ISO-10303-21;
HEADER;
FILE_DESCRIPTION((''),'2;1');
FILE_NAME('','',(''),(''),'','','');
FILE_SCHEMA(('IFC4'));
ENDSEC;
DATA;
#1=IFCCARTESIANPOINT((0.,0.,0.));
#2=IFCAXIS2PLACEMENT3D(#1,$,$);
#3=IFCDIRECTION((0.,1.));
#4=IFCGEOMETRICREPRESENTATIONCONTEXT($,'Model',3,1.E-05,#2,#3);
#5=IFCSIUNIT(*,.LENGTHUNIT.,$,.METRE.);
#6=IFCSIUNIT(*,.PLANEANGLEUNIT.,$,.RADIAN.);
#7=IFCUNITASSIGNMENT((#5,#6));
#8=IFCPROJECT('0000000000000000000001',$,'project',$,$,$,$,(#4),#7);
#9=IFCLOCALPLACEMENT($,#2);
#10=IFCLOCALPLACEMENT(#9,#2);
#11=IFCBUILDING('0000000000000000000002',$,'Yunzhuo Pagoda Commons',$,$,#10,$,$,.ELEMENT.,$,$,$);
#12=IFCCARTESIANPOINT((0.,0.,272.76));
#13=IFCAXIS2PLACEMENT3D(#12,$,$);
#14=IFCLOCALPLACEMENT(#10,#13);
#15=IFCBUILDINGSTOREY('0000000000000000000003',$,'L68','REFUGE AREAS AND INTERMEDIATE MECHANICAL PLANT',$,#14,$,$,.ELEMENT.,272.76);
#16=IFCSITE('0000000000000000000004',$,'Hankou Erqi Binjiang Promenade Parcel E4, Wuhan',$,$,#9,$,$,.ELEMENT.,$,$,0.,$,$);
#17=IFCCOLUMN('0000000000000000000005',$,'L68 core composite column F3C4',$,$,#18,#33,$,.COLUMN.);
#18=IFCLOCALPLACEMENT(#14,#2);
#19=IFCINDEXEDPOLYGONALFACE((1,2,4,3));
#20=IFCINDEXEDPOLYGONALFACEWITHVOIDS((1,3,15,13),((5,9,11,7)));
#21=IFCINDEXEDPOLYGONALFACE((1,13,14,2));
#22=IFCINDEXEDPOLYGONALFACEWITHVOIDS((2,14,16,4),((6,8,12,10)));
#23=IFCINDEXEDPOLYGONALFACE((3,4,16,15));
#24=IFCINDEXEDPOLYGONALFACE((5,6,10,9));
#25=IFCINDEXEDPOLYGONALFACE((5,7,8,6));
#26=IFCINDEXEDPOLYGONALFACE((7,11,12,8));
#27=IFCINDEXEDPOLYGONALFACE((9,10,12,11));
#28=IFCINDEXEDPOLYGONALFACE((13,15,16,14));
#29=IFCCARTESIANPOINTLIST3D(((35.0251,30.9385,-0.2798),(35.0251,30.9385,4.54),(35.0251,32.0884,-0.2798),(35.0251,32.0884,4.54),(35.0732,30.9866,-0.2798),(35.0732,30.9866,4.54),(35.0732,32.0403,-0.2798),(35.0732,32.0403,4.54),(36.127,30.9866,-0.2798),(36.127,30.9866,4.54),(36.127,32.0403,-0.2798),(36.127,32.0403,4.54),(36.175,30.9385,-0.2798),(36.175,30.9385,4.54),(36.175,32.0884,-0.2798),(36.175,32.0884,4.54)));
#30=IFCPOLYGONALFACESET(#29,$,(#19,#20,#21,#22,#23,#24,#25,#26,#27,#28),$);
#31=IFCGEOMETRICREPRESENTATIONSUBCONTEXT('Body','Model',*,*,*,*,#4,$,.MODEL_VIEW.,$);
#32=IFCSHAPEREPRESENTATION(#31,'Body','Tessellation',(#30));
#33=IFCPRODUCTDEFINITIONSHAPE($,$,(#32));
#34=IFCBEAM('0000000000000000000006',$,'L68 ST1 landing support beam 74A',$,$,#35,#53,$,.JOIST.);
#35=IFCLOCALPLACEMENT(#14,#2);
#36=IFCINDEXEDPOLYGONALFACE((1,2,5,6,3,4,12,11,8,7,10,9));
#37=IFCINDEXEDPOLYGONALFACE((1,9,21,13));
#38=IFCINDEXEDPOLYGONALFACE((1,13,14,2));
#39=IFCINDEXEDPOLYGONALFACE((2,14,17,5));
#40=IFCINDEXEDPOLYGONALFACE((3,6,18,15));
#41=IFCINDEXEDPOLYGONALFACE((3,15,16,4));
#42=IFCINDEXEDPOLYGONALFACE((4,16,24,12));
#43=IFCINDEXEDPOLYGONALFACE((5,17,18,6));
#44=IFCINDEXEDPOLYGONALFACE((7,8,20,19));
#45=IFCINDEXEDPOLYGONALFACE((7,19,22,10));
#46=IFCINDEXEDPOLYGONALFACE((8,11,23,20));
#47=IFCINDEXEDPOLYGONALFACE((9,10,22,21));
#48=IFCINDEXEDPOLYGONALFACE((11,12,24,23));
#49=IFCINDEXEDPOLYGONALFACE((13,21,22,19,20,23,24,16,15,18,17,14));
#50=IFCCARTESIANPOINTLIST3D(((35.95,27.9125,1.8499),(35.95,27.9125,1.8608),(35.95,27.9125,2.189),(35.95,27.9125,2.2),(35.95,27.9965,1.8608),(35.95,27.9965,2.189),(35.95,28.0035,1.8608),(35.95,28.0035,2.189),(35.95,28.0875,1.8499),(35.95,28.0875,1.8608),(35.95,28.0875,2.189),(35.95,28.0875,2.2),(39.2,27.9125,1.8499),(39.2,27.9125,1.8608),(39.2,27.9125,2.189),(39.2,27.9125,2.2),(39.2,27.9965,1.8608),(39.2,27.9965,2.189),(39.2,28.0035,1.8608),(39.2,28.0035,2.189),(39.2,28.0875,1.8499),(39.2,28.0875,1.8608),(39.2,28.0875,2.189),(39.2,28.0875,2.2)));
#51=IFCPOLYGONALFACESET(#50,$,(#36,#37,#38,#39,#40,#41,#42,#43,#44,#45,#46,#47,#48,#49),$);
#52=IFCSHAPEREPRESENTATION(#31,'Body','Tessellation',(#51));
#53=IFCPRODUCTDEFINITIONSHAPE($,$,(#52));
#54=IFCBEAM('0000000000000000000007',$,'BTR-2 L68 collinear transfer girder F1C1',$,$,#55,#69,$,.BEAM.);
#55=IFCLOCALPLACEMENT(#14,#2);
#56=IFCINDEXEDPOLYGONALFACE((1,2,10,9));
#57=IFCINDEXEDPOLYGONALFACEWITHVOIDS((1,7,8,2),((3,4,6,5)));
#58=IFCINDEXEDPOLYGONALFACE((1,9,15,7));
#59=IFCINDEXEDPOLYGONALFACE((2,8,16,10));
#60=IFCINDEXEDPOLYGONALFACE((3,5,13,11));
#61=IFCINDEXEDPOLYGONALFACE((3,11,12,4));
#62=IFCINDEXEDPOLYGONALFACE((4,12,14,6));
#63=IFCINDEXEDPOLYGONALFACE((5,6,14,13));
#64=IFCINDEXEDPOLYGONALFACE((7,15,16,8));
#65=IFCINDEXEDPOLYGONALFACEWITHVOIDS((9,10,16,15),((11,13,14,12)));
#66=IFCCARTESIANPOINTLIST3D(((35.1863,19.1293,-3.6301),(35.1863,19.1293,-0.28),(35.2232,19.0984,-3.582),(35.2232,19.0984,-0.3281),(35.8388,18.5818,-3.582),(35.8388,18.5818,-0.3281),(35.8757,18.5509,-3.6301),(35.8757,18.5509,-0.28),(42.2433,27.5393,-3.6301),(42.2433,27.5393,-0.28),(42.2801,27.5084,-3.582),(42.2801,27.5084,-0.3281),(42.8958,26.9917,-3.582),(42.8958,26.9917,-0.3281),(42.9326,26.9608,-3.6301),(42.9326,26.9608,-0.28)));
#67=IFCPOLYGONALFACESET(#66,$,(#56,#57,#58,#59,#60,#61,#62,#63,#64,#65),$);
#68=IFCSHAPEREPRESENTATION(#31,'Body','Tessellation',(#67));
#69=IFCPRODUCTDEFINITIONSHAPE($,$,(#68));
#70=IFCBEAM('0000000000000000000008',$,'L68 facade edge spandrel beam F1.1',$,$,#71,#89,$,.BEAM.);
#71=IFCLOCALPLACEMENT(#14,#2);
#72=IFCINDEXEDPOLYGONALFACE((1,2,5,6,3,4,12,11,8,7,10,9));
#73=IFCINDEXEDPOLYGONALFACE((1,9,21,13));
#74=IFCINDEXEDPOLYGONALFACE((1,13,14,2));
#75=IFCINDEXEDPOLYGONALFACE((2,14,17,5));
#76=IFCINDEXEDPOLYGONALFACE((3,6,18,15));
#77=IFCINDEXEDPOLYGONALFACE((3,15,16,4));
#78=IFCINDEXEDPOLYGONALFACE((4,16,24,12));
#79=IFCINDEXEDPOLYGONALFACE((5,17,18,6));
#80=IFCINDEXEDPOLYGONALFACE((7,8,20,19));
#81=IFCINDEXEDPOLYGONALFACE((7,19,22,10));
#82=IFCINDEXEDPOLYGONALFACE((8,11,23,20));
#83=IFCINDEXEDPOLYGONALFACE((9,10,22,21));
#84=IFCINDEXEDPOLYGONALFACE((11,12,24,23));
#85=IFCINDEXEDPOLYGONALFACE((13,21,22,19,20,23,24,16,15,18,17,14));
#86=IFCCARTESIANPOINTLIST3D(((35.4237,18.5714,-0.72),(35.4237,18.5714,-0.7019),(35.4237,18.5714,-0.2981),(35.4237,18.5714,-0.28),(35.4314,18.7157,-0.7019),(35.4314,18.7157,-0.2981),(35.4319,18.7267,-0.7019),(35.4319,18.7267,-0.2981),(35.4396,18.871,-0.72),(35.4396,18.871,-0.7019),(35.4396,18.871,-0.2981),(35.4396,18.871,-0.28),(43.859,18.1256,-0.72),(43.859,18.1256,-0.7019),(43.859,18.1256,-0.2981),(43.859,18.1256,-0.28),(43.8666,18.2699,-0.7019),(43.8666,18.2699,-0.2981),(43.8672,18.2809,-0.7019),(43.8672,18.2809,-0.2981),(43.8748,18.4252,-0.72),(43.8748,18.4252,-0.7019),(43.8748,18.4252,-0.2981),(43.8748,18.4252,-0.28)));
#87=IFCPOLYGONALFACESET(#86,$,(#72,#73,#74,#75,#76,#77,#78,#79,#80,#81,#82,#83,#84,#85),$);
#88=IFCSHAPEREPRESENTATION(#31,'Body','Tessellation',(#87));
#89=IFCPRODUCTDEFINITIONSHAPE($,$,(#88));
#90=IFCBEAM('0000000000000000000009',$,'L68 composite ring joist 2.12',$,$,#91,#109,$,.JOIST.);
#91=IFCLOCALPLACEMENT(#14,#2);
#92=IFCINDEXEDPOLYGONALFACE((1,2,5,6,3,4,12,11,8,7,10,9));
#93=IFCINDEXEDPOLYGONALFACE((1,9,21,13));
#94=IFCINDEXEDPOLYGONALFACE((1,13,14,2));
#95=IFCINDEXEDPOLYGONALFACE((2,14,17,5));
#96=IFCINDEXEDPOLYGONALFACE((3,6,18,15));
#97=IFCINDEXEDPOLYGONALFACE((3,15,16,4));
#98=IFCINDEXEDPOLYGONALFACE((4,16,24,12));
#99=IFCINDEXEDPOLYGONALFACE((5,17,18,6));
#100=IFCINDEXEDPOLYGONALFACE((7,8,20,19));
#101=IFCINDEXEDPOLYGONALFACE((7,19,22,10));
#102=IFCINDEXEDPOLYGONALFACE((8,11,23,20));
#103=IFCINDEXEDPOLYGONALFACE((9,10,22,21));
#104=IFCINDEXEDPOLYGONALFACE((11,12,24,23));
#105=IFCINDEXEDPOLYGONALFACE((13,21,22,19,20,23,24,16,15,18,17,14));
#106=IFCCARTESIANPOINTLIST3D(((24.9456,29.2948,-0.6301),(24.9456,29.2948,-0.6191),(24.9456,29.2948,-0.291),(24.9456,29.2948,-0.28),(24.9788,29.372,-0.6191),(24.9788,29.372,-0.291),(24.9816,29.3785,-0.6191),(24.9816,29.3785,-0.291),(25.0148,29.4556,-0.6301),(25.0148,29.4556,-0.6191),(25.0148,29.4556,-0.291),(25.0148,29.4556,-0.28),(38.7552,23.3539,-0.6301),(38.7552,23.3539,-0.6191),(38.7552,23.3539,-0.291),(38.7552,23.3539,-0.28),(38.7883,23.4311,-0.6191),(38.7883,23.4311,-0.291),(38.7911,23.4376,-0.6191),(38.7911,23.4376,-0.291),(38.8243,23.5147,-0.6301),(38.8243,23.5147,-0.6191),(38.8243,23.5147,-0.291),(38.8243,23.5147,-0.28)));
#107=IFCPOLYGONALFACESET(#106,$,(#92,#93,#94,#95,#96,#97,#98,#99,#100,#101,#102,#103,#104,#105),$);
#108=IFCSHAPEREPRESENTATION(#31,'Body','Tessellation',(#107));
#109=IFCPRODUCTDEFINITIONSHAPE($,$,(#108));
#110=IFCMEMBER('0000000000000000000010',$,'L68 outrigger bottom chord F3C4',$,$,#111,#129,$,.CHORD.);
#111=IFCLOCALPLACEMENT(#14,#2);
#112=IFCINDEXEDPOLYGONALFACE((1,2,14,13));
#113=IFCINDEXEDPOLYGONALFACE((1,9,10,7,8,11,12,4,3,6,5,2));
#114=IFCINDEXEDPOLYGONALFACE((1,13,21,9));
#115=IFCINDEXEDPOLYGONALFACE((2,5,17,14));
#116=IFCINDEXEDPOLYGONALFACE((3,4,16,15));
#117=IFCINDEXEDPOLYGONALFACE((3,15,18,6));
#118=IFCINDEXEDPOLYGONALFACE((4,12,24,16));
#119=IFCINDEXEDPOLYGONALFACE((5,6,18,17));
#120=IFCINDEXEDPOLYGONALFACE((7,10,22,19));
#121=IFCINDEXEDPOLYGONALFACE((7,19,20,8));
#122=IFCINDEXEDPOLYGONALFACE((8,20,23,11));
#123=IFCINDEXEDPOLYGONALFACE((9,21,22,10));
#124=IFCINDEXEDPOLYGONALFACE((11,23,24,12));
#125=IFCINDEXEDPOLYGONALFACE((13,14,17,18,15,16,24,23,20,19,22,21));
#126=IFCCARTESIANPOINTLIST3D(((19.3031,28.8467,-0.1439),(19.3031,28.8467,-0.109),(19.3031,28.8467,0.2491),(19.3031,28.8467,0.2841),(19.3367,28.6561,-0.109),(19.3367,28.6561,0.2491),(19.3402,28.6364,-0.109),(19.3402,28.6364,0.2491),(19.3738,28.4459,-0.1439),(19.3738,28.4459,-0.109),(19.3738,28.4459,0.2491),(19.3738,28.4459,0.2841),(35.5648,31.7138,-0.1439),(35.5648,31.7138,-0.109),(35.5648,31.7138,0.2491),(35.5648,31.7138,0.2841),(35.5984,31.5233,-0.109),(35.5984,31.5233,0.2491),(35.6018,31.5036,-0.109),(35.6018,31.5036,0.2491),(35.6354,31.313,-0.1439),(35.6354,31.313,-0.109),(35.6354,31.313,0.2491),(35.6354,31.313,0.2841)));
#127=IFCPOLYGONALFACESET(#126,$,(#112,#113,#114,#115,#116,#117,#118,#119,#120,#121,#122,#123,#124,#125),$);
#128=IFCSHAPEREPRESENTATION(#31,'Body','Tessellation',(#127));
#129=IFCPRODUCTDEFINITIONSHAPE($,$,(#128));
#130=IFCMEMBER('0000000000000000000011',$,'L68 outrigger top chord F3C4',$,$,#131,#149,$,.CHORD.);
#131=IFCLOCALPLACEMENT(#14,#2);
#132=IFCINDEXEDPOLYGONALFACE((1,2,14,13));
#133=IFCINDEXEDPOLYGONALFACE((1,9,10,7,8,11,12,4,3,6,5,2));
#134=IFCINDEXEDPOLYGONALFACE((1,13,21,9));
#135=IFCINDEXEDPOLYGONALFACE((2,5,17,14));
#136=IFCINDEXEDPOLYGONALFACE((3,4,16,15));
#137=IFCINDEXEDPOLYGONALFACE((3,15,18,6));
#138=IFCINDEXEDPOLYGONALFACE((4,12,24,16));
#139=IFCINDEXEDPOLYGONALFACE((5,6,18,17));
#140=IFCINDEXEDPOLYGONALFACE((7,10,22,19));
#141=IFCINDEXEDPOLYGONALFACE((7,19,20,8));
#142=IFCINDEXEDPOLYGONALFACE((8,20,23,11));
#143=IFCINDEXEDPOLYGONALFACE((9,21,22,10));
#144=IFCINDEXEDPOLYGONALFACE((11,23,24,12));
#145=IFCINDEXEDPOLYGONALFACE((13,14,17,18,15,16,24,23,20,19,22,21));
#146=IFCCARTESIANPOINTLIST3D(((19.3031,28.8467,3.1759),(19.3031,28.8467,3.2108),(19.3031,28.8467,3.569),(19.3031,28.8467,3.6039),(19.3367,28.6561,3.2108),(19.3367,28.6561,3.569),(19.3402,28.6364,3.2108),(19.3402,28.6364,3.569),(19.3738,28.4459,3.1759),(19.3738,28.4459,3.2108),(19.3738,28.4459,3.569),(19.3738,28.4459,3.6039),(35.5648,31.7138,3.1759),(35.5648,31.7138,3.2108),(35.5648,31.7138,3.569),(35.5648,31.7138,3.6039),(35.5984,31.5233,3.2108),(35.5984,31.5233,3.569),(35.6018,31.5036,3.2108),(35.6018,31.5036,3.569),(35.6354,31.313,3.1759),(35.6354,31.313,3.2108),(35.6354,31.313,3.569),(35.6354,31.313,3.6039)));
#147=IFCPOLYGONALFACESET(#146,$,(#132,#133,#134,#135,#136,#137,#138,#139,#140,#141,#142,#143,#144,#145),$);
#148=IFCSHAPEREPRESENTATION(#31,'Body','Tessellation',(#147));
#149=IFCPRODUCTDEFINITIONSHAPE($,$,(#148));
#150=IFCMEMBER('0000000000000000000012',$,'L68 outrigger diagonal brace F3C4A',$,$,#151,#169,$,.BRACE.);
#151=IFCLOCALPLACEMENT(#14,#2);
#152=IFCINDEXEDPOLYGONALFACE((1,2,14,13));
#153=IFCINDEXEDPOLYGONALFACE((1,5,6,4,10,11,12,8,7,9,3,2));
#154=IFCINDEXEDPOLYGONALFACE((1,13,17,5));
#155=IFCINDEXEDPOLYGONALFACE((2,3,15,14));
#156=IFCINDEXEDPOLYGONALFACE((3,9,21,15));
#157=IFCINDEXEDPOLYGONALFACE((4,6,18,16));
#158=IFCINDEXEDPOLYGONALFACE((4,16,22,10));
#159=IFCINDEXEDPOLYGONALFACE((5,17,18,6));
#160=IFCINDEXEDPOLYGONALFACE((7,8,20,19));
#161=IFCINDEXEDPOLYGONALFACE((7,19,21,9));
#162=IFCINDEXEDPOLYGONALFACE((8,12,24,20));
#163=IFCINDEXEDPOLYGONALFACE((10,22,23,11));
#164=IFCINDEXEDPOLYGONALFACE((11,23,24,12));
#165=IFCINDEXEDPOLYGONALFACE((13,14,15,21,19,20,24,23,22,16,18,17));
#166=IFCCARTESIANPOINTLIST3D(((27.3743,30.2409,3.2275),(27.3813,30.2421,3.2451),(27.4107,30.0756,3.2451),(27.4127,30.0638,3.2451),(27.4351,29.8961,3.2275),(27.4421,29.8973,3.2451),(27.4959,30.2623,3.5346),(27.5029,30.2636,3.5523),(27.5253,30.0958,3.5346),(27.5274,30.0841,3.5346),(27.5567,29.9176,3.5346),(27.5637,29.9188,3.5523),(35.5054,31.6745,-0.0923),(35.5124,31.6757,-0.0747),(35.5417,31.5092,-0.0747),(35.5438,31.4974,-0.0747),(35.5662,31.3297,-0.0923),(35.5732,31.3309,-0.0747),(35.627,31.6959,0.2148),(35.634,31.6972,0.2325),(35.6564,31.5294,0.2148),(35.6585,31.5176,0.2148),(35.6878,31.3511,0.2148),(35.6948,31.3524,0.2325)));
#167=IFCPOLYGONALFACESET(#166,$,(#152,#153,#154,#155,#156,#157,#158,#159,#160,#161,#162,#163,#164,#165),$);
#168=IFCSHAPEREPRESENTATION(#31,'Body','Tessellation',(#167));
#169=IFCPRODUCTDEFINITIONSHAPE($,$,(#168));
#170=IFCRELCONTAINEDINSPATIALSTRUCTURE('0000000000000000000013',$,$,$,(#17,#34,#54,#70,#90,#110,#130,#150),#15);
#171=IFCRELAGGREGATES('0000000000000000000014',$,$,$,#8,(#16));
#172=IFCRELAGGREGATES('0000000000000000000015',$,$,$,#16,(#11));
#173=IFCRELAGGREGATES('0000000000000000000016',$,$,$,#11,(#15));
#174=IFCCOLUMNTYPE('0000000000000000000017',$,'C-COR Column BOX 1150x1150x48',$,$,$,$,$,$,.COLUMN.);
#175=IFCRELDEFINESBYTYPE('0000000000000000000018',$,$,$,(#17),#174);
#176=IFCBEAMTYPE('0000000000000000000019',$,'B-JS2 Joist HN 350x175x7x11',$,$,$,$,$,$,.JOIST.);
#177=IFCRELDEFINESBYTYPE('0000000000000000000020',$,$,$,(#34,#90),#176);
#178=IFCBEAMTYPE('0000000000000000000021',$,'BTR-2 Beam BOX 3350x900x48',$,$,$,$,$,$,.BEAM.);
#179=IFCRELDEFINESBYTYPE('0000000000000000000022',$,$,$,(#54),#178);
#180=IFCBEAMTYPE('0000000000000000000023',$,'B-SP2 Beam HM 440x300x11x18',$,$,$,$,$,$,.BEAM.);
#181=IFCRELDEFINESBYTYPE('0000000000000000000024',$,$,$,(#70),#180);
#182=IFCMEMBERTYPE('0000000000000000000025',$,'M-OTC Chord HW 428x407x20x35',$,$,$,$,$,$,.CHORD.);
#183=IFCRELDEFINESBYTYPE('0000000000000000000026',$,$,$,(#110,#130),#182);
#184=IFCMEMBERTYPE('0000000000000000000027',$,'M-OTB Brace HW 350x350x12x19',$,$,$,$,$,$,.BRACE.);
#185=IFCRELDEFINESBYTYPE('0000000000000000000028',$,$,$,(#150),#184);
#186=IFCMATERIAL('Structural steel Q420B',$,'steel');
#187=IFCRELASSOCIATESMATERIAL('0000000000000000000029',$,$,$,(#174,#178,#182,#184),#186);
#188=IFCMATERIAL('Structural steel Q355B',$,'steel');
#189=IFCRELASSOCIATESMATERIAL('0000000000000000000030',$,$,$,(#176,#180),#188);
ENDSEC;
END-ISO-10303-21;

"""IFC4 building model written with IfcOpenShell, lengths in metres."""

from ifc_helpers import new_model, si_unit, direction, frame, origin, origin_2d, place, context, subcontext, project, spatial, hollow_rectangle, i_section, extrude, source, transform, mapped, material, material_profile, profile_set, type_object, element, save


model = new_model("IFC4")

# Units and contexts
model_context = context("Model", 3, precision=1e-05, world=origin(), true_north=direction((0.0, 1.0)))
body_context = subcontext(model_context, "Body", "Model", "MODEL_VIEW")
ifc_project = project(units=[si_unit("LENGTHUNIT", "METRE"), si_unit("PLANEANGLEUNIT", "RADIAN")], contexts=[model_context])

# Site, building, storey
site_placement = place(None, origin())
site = spatial("IfcSite", under=ifc_project, at=site_placement, Name="Hankou Erqi Binjiang Promenade Parcel E4, Wuhan", CompositionType="ELEMENT", RefElevation=0.0)
building_placement = place(site_placement, origin())
building = spatial("IfcBuilding", under=site, at=building_placement, Name="Yunzhuo Pagoda Commons", CompositionType="ELEMENT")
storey_placement = place(building_placement, frame((0.0, 0.0, 272.76)))
storey = spatial("IfcBuildingStorey", under=building, at=storey_placement, Name="L68", Description="REFUGE AREAS AND INTERMEDIATE MECHANICAL PLANT", CompositionType="ELEMENT", Elevation=272.76)

# Column
ifc_material_1 = material(Name="Structural steel Q420B", Category="steel")
ifc_material_profile_1 = material_profile(ifc_material_1, hollow_rectangle(XDim=1.1499, YDim=1.1499, WallThickness=0.0481, at=origin_2d()), Name="Structural steel Q420B")
ifc_profile_set_1 = profile_set([ifc_material_profile_1], Name="Structural steel Q420B")
column_type = type_object("IfcColumnType", Name="C-COR Column BOX 1150x1150x48", PredefinedType="COLUMN", material=ifc_profile_set_1)
shared_shape_1 = source(origin(), body_context, "Body", "SweptSolid", [
    extrude(hollow_rectangle(XDim=1.1499, YDim=1.1499, WallThickness=0.0481, at=origin_2d()), origin(), (0.0, 0.0, 1.0), 4.8198),
])
column_placement = place(storey_placement, frame((35.6001, 31.5134, -0.2798), z_axis=(0.0, 0.0, 1.0), x_axis=(1.0, 0.0, 0.0)))
element("IfcColumn", 1, at=column_placement, inside=storey, type_object=column_type, Name="L68 core composite column F3C4", PredefinedType="COLUMN", context=body_context, shape_type="MappedRepresentation", body=[
    mapped(shared_shape_1, transform((0.0, 0.0, 0.0), scale=1.0)),
])

# Beams
ifc_material_2 = material(Name="Structural steel Q355B", Category="steel")
ifc_material_profile_2 = material_profile(ifc_material_2, i_section(OverallWidth=0.175, OverallDepth=0.3501, WebThickness=0.0071, FlangeThickness=0.011, at=origin_2d()), Name="Structural steel Q355B")
ifc_profile_set_2 = profile_set([ifc_material_profile_2], Name="Structural steel Q355B")
beam_type_1 = type_object("IfcBeamType", Name="B-JS2 Joist HN 350x175x7x11", PredefinedType="JOIST", material=ifc_profile_set_2)
shared_shape_2 = source(origin(), body_context, "Body", "SweptSolid", [
    extrude(i_section(OverallWidth=0.175, OverallDepth=0.3501, WebThickness=0.0071, FlangeThickness=0.011, at=origin_2d()), origin(), (0.0, 0.0, 1.0), 3.25),
])
beam_1_placement = place(storey_placement, frame((35.95, 28.0, 2.0249), z_axis=(1.0, 0.0, 0.0), x_axis=(0.0, 1.0, 0.0)))
element("IfcBeam", 2, at=beam_1_placement, inside=storey, type_object=beam_type_1, Name="L68 ST1 landing support beam 74A", PredefinedType="JOIST", context=body_context, shape_type="MappedRepresentation", body=[
    mapped(shared_shape_2, transform((0.0, 0.0, 0.0), scale=1.0)),
])
ifc_material_profile_3 = material_profile(ifc_material_1, hollow_rectangle(XDim=0.8999, YDim=3.3501, WallThickness=0.0481, at=origin_2d()), Name="Structural steel Q420B")
ifc_profile_set_3 = profile_set([ifc_material_profile_3], Name="Structural steel Q420B")
beam_type_2 = type_object("IfcBeamType", Name="BTR-2 Beam BOX 3350x900x48", PredefinedType="BEAM", material=ifc_profile_set_3)
shared_shape_3 = source(origin(), body_context, "Body", "SweptSolid", [
    extrude(hollow_rectangle(XDim=0.8999, YDim=3.3501, WallThickness=0.0481, at=origin_2d()), origin(), (0.0, 0.0, 1.0), 10.9785),
])
beam_2_placement = place(storey_placement, frame((35.531, 18.8401, -1.9551), z_axis=(0.642795, 0.766039, 0.0), x_axis=(-0.766039, 0.642795, 0.0)))
element("IfcBeam", 3, at=beam_2_placement, inside=storey, type_object=beam_type_2, Name="BTR-2 L68 collinear transfer girder F1C1", PredefinedType="BEAM", context=body_context, shape_type="MappedRepresentation", body=[
    mapped(shared_shape_3, transform((0.0, 0.0, 0.0), scale=1.0)),
])
ifc_material_profile_4 = material_profile(ifc_material_2, i_section(OverallWidth=0.3, OverallDepth=0.4399, WebThickness=0.011, FlangeThickness=0.0181, at=origin_2d()), Name="Structural steel Q355B")
ifc_profile_set_4 = profile_set([ifc_material_profile_4], Name="Structural steel Q355B")
beam_type_3 = type_object("IfcBeamType", Name="B-SP2 Beam HM 440x300x11x18", PredefinedType="BEAM", material=ifc_profile_set_4)
shared_shape_4 = source(origin(), body_context, "Body", "SweptSolid", [
    extrude(i_section(OverallWidth=0.3, OverallDepth=0.4399, WebThickness=0.011, FlangeThickness=0.0181, at=origin_2d()), origin(), (0.0, 0.0, 1.0), 8.447),
])
beam_3_placement = place(storey_placement, frame((35.4316, 18.7212, -0.5), z_axis=(0.998606, -0.052776, 0.0), x_axis=(0.052776, 0.998606, 0.0)))
element("IfcBeam", 4, at=beam_3_placement, inside=storey, type_object=beam_type_3, Name="L68 facade edge spandrel beam F1.1", PredefinedType="BEAM", context=body_context, shape_type="MappedRepresentation", body=[
    mapped(shared_shape_4, transform((0.0, 0.0, 0.0), scale=1.0)),
])
shared_shape_5 = source(origin(), body_context, "Body", "SweptSolid", [
    extrude(i_section(OverallWidth=0.175, OverallDepth=0.3501, WebThickness=0.0071, FlangeThickness=0.011, at=origin_2d()), origin(), (0.0, 0.0, 1.0), 15.0332),
])
beam_4_placement = place(storey_placement, frame((24.9802, 29.3752, -0.4551), z_axis=(0.918602, -0.395185, 0.0), x_axis=(0.395185, 0.918602, 0.0)))
element("IfcBeam", 5, at=beam_4_placement, inside=storey, type_object=beam_type_1, Name="L68 composite ring joist 2.12", PredefinedType="JOIST", context=body_context, shape_type="MappedRepresentation", body=[
    mapped(shared_shape_5, transform((0.0, 0.0, 0.0), scale=1.0)),
])

# Members
ifc_material_profile_5 = material_profile(ifc_material_1, i_section(OverallWidth=0.407, OverallDepth=0.428, WebThickness=0.02, FlangeThickness=0.0349, at=origin_2d()), Name="Structural steel Q420B")
ifc_profile_set_5 = profile_set([ifc_material_profile_5], Name="Structural steel Q420B")
member_type_1 = type_object("IfcMemberType", Name="M-OTC Chord HW 428x407x20x35", PredefinedType="CHORD", material=ifc_profile_set_5)
shared_shape_6 = source(origin(), body_context, "Body", "SweptSolid", [
    extrude(i_section(OverallWidth=0.407, OverallDepth=0.428, WebThickness=0.02, FlangeThickness=0.0349, at=origin_2d()), origin(), (0.0, 0.0, 1.0), 16.5125),
])
for number, where, z_axis, x_axis, name in (
    (6, (35.6001, 31.5134, 0.0701), (-0.98481, -0.173637, 0.0), (0.173637, -0.98481, 0.0), "L68 outrigger bottom chord F3C4"),
    (7, (35.6001, 31.5134, 3.3899), (-0.98481, -0.173637, 0.0), (0.173637, -0.98481, 0.0), "L68 outrigger top chord F3C4"),
):
    element("IfcMember", number, at=place(storey_placement, frame(where, z_axis=z_axis, x_axis=x_axis)), inside=storey, type_object=member_type_1, Name=name, PredefinedType="CHORD", context=body_context, shape_type="MappedRepresentation", body=[
        mapped(shared_shape_6, transform((0.0, 0.0, 0.0), scale=1.0)),
    ])
ifc_material_profile_6 = material_profile(ifc_material_1, i_section(OverallWidth=0.3501, OverallDepth=0.3501, WebThickness=0.012, FlangeThickness=0.019, at=origin_2d()), Name="Structural steel Q420B")
ifc_profile_set_6 = profile_set([ifc_material_profile_6], Name="Structural steel Q420B")
member_type_2 = type_object("IfcMemberType", Name="M-OTB Brace HW 350x350x12x19", PredefinedType="BRACE", material=ifc_profile_set_6)
shared_shape_7 = source(origin(), body_context, "Body", "SweptSolid", [
    extrude(i_section(OverallWidth=0.3501, OverallDepth=0.3501, WebThickness=0.012, FlangeThickness=0.019, at=origin_2d()), origin(), (0.0, 0.0, 1.0), 8.8989),
])
member_1_placement = place(storey_placement, frame((35.6001, 31.5134, 0.0701), z_axis=(-0.913715, -0.161097, 0.373058), x_axis=(0.173632, -0.984811, 0.0)))
element("IfcMember", 8, at=member_1_placement, inside=storey, type_object=member_type_2, Name="L68 outrigger diagonal brace F3C4A", PredefinedType="BRACE", context=body_context, shape_type="MappedRepresentation", body=[
    mapped(shared_shape_7, transform((0.0, 0.0, 0.0), scale=1.0)),
])

save(model, "model.ifc")
